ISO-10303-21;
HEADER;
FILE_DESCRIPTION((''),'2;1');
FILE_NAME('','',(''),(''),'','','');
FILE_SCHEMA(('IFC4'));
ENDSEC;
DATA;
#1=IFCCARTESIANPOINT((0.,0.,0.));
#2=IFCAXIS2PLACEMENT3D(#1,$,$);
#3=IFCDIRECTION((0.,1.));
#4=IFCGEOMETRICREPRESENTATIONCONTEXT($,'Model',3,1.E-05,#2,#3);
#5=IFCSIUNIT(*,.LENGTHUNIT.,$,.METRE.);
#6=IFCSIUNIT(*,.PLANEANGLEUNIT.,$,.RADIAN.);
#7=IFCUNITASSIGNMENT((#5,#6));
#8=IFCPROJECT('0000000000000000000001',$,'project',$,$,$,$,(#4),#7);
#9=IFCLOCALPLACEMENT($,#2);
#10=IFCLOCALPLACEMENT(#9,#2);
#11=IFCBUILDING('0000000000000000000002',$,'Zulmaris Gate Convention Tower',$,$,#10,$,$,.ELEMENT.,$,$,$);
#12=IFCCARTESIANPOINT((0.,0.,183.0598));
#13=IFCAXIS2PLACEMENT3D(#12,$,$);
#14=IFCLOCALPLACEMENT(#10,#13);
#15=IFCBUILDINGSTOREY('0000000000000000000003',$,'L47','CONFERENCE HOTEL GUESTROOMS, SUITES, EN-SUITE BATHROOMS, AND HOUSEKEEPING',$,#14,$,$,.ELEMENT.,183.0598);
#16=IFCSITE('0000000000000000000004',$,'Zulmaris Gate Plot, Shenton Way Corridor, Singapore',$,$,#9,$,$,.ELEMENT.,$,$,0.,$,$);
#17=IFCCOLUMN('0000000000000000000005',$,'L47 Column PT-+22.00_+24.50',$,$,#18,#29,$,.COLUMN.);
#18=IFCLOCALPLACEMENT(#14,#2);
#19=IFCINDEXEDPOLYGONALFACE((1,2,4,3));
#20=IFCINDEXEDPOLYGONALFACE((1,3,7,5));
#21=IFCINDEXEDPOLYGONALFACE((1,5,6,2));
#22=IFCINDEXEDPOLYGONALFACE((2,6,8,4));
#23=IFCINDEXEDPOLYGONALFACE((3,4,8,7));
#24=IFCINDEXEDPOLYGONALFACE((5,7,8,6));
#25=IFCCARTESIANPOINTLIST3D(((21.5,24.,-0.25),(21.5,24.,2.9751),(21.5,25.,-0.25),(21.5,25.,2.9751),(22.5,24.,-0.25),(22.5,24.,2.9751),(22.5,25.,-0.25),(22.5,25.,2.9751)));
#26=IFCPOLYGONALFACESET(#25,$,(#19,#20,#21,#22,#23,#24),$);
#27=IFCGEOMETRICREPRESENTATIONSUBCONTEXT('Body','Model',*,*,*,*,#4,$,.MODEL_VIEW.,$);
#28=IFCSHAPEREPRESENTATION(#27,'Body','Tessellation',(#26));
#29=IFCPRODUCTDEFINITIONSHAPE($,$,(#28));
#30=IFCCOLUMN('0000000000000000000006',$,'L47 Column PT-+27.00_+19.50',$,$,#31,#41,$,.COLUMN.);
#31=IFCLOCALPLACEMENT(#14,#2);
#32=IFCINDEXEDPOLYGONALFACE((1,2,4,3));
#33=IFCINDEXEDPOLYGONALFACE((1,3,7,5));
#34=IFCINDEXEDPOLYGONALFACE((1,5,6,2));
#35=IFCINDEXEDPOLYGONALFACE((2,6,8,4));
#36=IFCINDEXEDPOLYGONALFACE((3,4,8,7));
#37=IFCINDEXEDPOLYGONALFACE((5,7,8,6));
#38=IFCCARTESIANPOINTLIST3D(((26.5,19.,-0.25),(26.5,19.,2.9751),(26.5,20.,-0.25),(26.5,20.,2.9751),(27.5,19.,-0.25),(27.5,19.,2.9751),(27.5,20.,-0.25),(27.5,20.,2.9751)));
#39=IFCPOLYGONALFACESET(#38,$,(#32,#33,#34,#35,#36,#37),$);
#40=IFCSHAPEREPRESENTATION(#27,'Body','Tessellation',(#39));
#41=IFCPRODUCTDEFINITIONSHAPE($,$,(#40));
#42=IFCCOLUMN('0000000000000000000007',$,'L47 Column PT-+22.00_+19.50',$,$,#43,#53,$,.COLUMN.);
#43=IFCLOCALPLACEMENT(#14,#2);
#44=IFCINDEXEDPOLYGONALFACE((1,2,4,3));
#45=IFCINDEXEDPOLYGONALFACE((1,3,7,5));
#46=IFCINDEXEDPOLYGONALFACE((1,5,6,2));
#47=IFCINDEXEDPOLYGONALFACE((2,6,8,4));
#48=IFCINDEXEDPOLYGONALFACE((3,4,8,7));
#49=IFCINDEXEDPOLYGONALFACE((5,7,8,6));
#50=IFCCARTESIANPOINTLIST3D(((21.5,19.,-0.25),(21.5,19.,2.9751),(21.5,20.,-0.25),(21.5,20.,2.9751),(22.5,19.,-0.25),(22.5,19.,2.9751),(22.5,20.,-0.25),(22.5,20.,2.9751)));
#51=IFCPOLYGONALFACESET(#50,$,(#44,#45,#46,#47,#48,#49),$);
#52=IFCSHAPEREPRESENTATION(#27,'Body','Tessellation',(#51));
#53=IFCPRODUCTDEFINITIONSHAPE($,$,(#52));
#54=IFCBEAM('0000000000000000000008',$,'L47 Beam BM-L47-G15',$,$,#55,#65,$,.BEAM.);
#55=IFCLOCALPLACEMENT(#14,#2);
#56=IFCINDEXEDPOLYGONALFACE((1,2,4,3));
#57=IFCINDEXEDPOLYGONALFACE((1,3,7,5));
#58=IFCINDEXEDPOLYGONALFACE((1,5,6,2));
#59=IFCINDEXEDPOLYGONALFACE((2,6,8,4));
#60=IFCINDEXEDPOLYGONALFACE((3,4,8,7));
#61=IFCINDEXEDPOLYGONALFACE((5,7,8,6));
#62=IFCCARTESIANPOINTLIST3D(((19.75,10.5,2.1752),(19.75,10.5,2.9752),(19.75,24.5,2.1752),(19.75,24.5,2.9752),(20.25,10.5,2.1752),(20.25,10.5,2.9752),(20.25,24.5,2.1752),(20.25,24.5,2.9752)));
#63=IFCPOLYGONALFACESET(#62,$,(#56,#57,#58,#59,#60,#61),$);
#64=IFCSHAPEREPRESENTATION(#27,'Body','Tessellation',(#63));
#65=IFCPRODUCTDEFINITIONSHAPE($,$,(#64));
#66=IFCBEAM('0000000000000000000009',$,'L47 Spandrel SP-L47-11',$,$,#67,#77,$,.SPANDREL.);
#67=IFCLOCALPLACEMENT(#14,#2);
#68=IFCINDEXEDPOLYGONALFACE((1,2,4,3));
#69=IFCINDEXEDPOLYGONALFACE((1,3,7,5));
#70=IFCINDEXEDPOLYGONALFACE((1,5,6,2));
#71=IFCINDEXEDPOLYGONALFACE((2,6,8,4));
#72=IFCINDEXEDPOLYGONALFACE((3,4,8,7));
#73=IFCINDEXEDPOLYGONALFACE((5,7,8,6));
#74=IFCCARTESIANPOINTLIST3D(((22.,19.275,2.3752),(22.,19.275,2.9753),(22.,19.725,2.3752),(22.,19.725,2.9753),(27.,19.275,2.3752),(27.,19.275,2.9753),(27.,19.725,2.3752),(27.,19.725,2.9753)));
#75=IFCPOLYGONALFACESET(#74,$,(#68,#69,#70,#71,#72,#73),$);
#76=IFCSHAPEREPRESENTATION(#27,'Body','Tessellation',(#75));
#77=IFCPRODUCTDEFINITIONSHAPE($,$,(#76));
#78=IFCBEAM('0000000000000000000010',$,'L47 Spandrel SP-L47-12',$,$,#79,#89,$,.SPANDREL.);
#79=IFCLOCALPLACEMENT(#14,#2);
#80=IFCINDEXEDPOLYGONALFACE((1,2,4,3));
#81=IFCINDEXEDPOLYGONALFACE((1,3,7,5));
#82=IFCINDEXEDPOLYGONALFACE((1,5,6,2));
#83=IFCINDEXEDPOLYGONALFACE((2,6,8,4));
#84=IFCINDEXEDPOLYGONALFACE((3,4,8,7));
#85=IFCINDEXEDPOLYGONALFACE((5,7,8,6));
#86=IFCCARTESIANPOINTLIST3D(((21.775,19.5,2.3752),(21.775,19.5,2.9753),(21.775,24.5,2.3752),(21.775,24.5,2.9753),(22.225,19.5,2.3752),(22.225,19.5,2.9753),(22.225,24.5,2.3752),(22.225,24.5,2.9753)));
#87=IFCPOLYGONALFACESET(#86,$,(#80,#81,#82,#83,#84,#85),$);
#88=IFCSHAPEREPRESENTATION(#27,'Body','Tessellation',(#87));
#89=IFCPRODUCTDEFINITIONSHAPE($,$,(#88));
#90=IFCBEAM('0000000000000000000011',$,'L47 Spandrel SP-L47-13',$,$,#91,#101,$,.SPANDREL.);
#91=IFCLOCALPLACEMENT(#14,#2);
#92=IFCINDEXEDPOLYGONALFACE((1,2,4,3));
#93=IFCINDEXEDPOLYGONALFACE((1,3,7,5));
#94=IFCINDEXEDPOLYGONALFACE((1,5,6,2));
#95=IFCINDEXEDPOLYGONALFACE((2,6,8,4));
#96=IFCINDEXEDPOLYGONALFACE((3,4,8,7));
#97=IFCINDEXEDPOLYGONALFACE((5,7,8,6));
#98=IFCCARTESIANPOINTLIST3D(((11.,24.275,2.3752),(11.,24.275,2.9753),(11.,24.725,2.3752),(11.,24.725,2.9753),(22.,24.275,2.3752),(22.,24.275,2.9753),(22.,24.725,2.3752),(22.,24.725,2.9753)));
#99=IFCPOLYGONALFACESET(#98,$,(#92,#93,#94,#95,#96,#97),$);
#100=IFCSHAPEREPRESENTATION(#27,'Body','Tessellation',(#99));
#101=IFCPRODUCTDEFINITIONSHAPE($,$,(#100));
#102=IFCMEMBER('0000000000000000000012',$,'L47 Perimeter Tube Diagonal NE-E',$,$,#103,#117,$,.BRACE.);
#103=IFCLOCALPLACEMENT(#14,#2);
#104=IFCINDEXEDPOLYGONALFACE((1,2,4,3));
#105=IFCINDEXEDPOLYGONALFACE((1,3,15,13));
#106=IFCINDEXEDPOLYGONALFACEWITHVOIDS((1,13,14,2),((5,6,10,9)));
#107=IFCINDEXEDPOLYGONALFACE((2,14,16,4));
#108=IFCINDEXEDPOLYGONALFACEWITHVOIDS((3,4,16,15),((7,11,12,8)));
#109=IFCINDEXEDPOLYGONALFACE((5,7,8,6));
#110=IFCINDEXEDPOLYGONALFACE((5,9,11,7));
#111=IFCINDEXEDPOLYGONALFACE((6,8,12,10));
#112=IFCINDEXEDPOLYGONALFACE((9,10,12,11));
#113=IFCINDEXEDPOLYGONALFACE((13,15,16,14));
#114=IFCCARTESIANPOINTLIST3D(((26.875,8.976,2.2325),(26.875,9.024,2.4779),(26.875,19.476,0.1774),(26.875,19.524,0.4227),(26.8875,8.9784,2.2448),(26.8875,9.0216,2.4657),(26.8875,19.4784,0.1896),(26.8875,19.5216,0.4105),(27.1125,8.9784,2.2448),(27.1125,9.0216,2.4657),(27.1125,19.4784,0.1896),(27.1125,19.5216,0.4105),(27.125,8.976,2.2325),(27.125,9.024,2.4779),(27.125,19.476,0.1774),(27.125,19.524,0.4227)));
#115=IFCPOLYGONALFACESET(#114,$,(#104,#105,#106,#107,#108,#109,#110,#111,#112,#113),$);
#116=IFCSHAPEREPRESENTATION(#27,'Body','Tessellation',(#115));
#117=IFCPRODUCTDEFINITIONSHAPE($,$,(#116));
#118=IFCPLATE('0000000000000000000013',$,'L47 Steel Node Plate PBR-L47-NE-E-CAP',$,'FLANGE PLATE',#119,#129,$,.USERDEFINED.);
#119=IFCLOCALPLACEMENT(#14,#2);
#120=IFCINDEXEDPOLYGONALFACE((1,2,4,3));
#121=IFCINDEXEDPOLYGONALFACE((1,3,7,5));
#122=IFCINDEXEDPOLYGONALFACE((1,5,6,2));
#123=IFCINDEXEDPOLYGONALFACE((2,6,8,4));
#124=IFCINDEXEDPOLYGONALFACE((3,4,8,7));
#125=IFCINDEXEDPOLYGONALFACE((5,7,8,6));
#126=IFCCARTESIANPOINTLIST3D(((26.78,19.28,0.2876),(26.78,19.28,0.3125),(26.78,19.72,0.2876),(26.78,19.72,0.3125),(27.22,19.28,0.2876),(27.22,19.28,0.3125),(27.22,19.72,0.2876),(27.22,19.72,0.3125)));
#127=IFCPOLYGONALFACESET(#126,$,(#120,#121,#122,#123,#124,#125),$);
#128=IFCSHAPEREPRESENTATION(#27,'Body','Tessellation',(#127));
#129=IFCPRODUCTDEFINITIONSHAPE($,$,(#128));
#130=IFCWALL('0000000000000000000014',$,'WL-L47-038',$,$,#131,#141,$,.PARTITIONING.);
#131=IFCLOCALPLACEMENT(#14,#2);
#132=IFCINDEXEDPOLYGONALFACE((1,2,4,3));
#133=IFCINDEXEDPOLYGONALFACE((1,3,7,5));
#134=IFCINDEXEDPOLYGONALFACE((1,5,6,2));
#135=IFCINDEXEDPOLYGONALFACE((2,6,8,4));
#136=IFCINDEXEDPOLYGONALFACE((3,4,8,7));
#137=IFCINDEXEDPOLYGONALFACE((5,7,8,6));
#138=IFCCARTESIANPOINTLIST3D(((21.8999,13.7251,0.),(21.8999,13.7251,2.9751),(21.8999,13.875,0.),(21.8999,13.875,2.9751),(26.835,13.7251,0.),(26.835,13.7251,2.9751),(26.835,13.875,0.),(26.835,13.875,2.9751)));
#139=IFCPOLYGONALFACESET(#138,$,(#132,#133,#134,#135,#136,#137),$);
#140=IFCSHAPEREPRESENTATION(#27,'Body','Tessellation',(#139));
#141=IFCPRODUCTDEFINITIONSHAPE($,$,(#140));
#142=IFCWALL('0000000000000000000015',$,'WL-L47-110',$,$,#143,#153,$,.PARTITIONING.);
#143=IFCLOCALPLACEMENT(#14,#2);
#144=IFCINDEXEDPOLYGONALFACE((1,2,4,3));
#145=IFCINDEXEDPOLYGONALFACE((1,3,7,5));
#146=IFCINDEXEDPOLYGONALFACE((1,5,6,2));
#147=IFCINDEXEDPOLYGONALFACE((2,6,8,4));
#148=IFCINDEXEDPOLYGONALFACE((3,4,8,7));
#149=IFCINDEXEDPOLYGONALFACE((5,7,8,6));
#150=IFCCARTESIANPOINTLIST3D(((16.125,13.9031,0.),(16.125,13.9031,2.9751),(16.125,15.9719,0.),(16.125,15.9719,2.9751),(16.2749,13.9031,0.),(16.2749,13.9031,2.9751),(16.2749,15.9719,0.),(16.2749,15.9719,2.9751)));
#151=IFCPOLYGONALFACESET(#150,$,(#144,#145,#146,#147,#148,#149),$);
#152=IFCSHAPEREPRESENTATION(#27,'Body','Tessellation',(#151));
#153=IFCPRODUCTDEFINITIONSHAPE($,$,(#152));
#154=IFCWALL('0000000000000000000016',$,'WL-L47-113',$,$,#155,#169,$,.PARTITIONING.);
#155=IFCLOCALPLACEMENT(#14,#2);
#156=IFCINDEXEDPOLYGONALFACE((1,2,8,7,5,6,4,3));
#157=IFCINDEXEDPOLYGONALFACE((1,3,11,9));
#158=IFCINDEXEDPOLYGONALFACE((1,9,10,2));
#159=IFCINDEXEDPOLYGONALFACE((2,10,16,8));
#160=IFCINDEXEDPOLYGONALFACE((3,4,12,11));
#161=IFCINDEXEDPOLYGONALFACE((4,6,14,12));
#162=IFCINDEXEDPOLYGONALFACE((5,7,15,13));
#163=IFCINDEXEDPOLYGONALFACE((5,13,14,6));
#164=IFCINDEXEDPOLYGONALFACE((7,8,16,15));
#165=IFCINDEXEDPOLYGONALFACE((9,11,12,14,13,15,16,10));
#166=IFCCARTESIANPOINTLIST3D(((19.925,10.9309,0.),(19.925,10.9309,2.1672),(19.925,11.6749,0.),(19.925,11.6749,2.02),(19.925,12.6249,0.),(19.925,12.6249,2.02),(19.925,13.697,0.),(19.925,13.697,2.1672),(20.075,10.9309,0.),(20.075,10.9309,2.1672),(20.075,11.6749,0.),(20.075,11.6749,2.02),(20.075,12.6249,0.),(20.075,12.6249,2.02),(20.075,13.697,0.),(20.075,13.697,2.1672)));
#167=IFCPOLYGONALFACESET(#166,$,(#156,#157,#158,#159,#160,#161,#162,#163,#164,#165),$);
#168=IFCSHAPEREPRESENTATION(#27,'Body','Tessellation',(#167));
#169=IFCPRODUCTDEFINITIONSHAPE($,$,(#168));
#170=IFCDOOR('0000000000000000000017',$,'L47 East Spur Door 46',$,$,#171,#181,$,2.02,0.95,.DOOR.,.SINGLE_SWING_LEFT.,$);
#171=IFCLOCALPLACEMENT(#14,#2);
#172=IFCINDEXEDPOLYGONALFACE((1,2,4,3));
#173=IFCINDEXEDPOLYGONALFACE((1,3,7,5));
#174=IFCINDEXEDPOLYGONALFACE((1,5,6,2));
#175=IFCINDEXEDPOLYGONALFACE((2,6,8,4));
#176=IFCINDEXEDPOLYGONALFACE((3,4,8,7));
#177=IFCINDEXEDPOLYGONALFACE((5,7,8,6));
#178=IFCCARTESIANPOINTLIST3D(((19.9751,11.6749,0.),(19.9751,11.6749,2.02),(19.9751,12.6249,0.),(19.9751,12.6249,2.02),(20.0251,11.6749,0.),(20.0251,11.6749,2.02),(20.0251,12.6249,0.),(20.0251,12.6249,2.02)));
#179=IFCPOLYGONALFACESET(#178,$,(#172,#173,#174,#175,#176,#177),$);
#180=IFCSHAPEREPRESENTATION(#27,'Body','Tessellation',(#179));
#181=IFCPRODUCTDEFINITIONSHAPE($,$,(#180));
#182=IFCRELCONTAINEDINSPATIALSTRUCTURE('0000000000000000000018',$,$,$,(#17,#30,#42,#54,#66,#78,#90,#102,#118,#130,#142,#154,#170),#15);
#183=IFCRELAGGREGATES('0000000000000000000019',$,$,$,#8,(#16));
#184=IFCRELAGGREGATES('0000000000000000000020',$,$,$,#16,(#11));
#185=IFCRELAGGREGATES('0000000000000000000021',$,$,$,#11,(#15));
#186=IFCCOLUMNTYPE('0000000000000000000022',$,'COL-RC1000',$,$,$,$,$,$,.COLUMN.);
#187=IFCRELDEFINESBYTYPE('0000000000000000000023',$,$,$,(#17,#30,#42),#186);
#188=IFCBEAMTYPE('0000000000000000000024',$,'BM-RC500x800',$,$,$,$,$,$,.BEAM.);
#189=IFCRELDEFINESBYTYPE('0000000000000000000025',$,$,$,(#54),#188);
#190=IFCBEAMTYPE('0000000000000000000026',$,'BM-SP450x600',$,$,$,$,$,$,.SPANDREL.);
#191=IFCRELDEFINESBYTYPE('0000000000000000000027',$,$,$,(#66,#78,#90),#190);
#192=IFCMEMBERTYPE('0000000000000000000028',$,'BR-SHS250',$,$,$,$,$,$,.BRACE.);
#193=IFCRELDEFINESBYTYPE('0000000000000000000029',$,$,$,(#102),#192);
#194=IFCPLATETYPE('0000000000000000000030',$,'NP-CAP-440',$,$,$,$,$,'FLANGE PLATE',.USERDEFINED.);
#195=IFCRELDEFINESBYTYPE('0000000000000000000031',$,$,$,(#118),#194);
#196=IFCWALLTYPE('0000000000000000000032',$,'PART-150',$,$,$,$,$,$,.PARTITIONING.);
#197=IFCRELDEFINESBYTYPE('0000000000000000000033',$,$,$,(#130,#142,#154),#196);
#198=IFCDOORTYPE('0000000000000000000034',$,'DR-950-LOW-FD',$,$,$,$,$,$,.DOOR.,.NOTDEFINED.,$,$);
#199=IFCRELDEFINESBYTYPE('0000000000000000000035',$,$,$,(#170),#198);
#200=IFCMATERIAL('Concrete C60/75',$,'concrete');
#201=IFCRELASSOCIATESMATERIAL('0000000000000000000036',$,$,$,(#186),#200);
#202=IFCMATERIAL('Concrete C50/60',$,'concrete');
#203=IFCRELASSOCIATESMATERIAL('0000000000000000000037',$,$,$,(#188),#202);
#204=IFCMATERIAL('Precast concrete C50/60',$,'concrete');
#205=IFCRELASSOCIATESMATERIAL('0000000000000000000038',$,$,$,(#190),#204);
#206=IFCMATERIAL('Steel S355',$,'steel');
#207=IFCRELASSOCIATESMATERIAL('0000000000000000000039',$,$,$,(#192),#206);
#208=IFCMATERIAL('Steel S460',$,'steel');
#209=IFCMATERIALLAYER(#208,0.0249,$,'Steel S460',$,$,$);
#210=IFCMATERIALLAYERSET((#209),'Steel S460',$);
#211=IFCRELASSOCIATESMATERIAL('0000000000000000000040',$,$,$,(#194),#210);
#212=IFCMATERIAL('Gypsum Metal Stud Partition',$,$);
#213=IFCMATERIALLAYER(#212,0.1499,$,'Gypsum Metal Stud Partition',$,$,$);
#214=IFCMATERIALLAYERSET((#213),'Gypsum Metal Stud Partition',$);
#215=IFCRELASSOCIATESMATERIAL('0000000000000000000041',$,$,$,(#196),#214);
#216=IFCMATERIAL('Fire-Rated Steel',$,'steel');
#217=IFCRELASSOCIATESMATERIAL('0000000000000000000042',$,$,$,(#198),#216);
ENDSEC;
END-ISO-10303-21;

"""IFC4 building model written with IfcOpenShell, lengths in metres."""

from ifc_helpers import new_model, si_unit, direction, frame, frame_2d, origin, origin_2d, place, context, subcontext, project, spatial, rectangle, hollow_rectangle, extrude, material, layer, layer_set, material_profile, profile_set, type_object, element, fill, save


model = new_model("IFC4")

# Units and contexts
model_context = context("Model", 3, precision=1e-05, world=origin(), true_north=direction((0.0, 1.0)))
body_context = subcontext(model_context, "Body", "Model", "MODEL_VIEW")
ifc_project = project(units=[si_unit("LENGTHUNIT", "METRE"), si_unit("PLANEANGLEUNIT", "RADIAN")], contexts=[model_context])

# Site, building, storey
site_placement = place(None, origin())
site = spatial("IfcSite", under=ifc_project, at=site_placement, Name="Zulmaris Gate Plot, Shenton Way Corridor, Singapore", CompositionType="ELEMENT", RefElevation=0.0)
building_placement = place(site_placement, origin())
building = spatial("IfcBuilding", under=site, at=building_placement, Name="Zulmaris Gate Convention Tower", CompositionType="ELEMENT")
storey_placement = place(building_placement, frame((0.0, 0.0, 183.0598)))
storey = spatial("IfcBuildingStorey", under=building, at=storey_placement, Name="L47", Description="CONFERENCE HOTEL GUESTROOMS, SUITES, EN-SUITE BATHROOMS, AND HOUSEKEEPING", CompositionType="ELEMENT", Elevation=183.0598)

# Columns
ifc_material_1 = material(Name="Concrete C60/75", Category="concrete")
ifc_material_profile_1 = material_profile(ifc_material_1, rectangle(XDim=1.0, YDim=1.0, at=origin_2d()), Name="RC COL 1000x1000")
ifc_profile_set_1 = profile_set([ifc_material_profile_1], Name="Concrete C60/75")
column_type = type_object("IfcColumnType", Name="COL-RC1000", PredefinedType="COLUMN", material=ifc_profile_set_1)
for number, where, z_axis, x_axis, name in (
    (1, (22.0, 24.5, -0.25), (0.0, 0.0, 1.0), (1.0, 0.0, 0.0), "L47 Column PT-+22.00_+24.50"),
    (2, (27.0, 19.5, -0.25), (0.0, 0.0, 1.0), (1.0, 0.0, 0.0), "L47 Column PT-+27.00_+19.50"),
    (3, (22.0, 19.5, -0.25), (0.0, 0.0, 1.0), (1.0, 0.0, 0.0), "L47 Column PT-+22.00_+19.50"),
):
    element("IfcColumn", number, at=place(storey_placement, frame(where, z_axis=z_axis, x_axis=x_axis)), inside=storey, type_object=column_type, Name=name, PredefinedType="COLUMN", context=body_context, shape_type="SweptSolid", body=[
        extrude(rectangle(XDim=1.0, YDim=1.0, at=origin_2d()), origin(), (0.0, 0.0, 1.0), 3.2251),
    ])

# Beams
ifc_material_2 = material(Name="Concrete C50/60", Category="concrete")
ifc_material_profile_2 = material_profile(ifc_material_2, rectangle(XDim=0.5, YDim=0.8, at=origin_2d()), Name="RC BEAM 500x800")
ifc_profile_set_2 = profile_set([ifc_material_profile_2], Name="Concrete C50/60")
beam_type_1 = type_object("IfcBeamType", Name="BM-RC500x800", PredefinedType="BEAM", material=ifc_profile_set_2)
beam_1_placement = place(storey_placement, frame((20.0, 10.5, 2.5752), z_axis=(0.0, 1.0, 0.0), x_axis=(-1.0, 0.0, 0.0)))
element("IfcBeam", 4, at=beam_1_placement, inside=storey, type_object=beam_type_1, Name="L47 Beam BM-L47-G15", PredefinedType="BEAM", context=body_context, shape_type="SweptSolid", body=[
    extrude(rectangle(XDim=0.5, YDim=0.8, at=origin_2d()), origin(), (0.0, 0.0, 1.0), 14.0),
])
ifc_material_3 = material(Name="Precast concrete C50/60", Category="concrete")
ifc_material_profile_3 = material_profile(ifc_material_3, rectangle(XDim=0.45, YDim=0.6001, at=origin_2d()), Name="RC SPANDREL 450x600")
ifc_profile_set_3 = profile_set([ifc_material_profile_3], Name="Precast concrete C50/60")
beam_type_2 = type_object("IfcBeamType", Name="BM-SP450x600", PredefinedType="SPANDREL", material=ifc_profile_set_3)
for number, where, z_axis, x_axis, name in (
    (5, (27.0, 19.5, 2.6753), (-1.0, 0.0, 0.0), (0.0, -1.0, 0.0), "L47 Spandrel SP-L47-11"),
    (6, (22.0, 19.5, 2.6753), (0.0, 1.0, 0.0), (-1.0, 0.0, 0.0), "L47 Spandrel SP-L47-12"),
):
    element("IfcBeam", number, at=place(storey_placement, frame(where, z_axis=z_axis, x_axis=x_axis)), inside=storey, type_object=beam_type_2, Name=name, PredefinedType="SPANDREL", context=body_context, shape_type="SweptSolid", body=[
        extrude(rectangle(XDim=0.45, YDim=0.6001, at=origin_2d()), origin(), (0.0, 0.0, 1.0), 5.0),
    ])
beam_2_placement = place(storey_placement, frame((22.0, 24.5, 2.6753), z_axis=(-1.0, 0.0, 0.0), x_axis=(0.0, -1.0, 0.0)))
element("IfcBeam", 7, at=beam_2_placement, inside=storey, type_object=beam_type_2, Name="L47 Spandrel SP-L47-13", PredefinedType="SPANDREL", context=body_context, shape_type="SweptSolid", body=[
    extrude(rectangle(XDim=0.45, YDim=0.6001, at=origin_2d()), origin(), (0.0, 0.0, 1.0), 11.0),
])

# Member
ifc_material_4 = material(Name="Steel S355", Category="steel")
ifc_material_profile_4 = material_profile(ifc_material_4, hollow_rectangle(XDim=0.25, YDim=0.25, WallThickness=0.0125, at=origin_2d()), Name="SHS 250x250x12.5")
ifc_profile_set_4 = profile_set([ifc_material_profile_4], Name="Steel S355")
member_type = type_object("IfcMemberType", Name="BR-SHS250", PredefinedType="BRACE", material=ifc_profile_set_4)
member_placement = place(storey_placement, frame((27.0, 19.5, 0.3), z_axis=(0.0, -0.981378, 0.192086), x_axis=(1.0, 0.0, 0.0)))
element("IfcMember", 8, at=member_placement, inside=storey, type_object=member_type, Name="L47 Perimeter Tube Diagonal NE-E", PredefinedType="BRACE", context=body_context, shape_type="SweptSolid", body=[
    extrude(hollow_rectangle(XDim=0.25, YDim=0.25, WallThickness=0.0125, at=origin_2d()), origin(), (0.0, 0.0, 1.0), 10.6992),
])

# Plate
ifc_material_5 = material(Name="Steel S460", Category="steel")
ifc_layer_1 = layer(ifc_material_5, 0.0249, Name="Steel S460")
ifc_layer_set_1 = layer_set([ifc_layer_1], Name="Steel S460")
plate_type = type_object("IfcPlateType", Name="NP-CAP-440", ElementType="FLANGE PLATE", PredefinedType="USERDEFINED", material=ifc_layer_set_1)
plate_placement = place(storey_placement, frame((27.0, 19.5, 0.2876), z_axis=(0.0, 0.0, 1.0), x_axis=(1.0, 0.0, 0.0)))
element("IfcPlate", 9, at=plate_placement, inside=storey, type_object=plate_type, Name="L47 Steel Node Plate PBR-L47-NE-E-CAP", ObjectType="FLANGE PLATE", PredefinedType="USERDEFINED", context=body_context, shape_type="SweptSolid", body=[
    extrude(rectangle(XDim=0.4399, YDim=0.4399, at=origin_2d()), origin(), (0.0, 0.0, 1.0), 0.0249),
])

# Walls
ifc_material_6 = material(Name="Gypsum Metal Stud Partition")
ifc_layer_2 = layer(ifc_material_6, 0.1499, Name="Gypsum Metal Stud Partition")
ifc_layer_set_2 = layer_set([ifc_layer_2], Name="Gypsum Metal Stud Partition")
wall_type_1 = type_object("IfcWallType", Name="PART-150", PredefinedType="PARTITIONING", material=ifc_layer_set_2)
wall_1_placement = place(storey_placement, frame((21.8999, 13.8, 0.0), z_axis=(0.0, 0.0, 1.0), x_axis=(1.0, 0.0, 0.0)))
element("IfcWall", 10, at=wall_1_placement, inside=storey, type_object=wall_type_1, Name="WL-L47-038", PredefinedType="PARTITIONING", context=body_context, shape_type="SweptSolid", body=[
    extrude(rectangle(XDim=4.9351, YDim=0.1499, at=frame_2d((2.4675, 0.0))), origin(), (0.0, 0.0, 1.0), 2.9751),
])
wall_2_placement = place(storey_placement, frame((16.2, 13.9031, 0.0), z_axis=(0.0, 0.0, 1.0), x_axis=(0.0, 1.0, 0.0)))
element("IfcWall", 11, at=wall_2_placement, inside=storey, type_object=wall_type_1, Name="WL-L47-110", PredefinedType="PARTITIONING", context=body_context, shape_type="SweptSolid", body=[
    extrude(rectangle(XDim=2.0688, YDim=0.1499, at=frame_2d((1.0344, 0.0))), origin(), (0.0, 0.0, 1.0), 2.9751),
])

# Wall, opening, door
wall_3_placement = place(storey_placement, frame((20.0, 10.9309, 0.0), z_axis=(0.0, 0.0, 1.0), x_axis=(0.0, 1.0, 0.0)))
wall_3 = element("IfcWall", 12, at=wall_3_placement, inside=storey, type_object=wall_type_1, Name="WL-L47-113", PredefinedType="PARTITIONING", context=body_context, shape_type="SweptSolid", body=[
    extrude(rectangle(XDim=2.7661, YDim=0.1499, at=frame_2d((1.3831, 0.0))), origin(), (0.0, 0.0, 1.0), 2.1672),
])
opening_1_placement = place(wall_3_placement, frame((0.7439, 0.0, 0.0)))
opening_1 = element("IfcOpeningElement", 13, at=opening_1_placement, cuts=wall_3, PredefinedType="OPENING", context=body_context, shape_type="SweptSolid", body=[
    extrude(rectangle(XDim=0.95, YDim=2.02, at=frame_2d((0.4751, 1.01))), frame((0.0, 0.085, 0.0), z_axis=(0.0, -1.0, 0.0), x_axis=(1.0, 0.0, 0.0)), (0.0, 0.0, 1.0), 0.1699),
])
ifc_material_7 = material(Name="Fire-Rated Steel", Category="steel")
door_type_1 = type_object("IfcDoorType", Name="DR-950-LOW-FD", OperationType="NOTDEFINED", PredefinedType="DOOR", material=ifc_material_7)
door_1_placement = place(opening_1_placement, origin())
door_1 = element("IfcDoor", 14, at=door_1_placement, inside=storey, type_object=door_type_1, Name="L47 East Spur Door 46", OperationType="SINGLE_SWING_LEFT", OverallHeight=2.02, OverallWidth=0.95, PredefinedType="DOOR", context=body_context, shape_type="SweptSolid", body=[
    extrude(rectangle(XDim=0.95, YDim=2.02, at=frame_2d((0.4751, 1.01))), frame((0.0, 0.0249, 0.0), z_axis=(0.0, -1.0, 0.0), x_axis=(1.0, 0.0, 0.0)), (0.0, 0.0, 1.0), 0.05),
])
fill(opening_1, door_1)

save(model, "model.ifc")
